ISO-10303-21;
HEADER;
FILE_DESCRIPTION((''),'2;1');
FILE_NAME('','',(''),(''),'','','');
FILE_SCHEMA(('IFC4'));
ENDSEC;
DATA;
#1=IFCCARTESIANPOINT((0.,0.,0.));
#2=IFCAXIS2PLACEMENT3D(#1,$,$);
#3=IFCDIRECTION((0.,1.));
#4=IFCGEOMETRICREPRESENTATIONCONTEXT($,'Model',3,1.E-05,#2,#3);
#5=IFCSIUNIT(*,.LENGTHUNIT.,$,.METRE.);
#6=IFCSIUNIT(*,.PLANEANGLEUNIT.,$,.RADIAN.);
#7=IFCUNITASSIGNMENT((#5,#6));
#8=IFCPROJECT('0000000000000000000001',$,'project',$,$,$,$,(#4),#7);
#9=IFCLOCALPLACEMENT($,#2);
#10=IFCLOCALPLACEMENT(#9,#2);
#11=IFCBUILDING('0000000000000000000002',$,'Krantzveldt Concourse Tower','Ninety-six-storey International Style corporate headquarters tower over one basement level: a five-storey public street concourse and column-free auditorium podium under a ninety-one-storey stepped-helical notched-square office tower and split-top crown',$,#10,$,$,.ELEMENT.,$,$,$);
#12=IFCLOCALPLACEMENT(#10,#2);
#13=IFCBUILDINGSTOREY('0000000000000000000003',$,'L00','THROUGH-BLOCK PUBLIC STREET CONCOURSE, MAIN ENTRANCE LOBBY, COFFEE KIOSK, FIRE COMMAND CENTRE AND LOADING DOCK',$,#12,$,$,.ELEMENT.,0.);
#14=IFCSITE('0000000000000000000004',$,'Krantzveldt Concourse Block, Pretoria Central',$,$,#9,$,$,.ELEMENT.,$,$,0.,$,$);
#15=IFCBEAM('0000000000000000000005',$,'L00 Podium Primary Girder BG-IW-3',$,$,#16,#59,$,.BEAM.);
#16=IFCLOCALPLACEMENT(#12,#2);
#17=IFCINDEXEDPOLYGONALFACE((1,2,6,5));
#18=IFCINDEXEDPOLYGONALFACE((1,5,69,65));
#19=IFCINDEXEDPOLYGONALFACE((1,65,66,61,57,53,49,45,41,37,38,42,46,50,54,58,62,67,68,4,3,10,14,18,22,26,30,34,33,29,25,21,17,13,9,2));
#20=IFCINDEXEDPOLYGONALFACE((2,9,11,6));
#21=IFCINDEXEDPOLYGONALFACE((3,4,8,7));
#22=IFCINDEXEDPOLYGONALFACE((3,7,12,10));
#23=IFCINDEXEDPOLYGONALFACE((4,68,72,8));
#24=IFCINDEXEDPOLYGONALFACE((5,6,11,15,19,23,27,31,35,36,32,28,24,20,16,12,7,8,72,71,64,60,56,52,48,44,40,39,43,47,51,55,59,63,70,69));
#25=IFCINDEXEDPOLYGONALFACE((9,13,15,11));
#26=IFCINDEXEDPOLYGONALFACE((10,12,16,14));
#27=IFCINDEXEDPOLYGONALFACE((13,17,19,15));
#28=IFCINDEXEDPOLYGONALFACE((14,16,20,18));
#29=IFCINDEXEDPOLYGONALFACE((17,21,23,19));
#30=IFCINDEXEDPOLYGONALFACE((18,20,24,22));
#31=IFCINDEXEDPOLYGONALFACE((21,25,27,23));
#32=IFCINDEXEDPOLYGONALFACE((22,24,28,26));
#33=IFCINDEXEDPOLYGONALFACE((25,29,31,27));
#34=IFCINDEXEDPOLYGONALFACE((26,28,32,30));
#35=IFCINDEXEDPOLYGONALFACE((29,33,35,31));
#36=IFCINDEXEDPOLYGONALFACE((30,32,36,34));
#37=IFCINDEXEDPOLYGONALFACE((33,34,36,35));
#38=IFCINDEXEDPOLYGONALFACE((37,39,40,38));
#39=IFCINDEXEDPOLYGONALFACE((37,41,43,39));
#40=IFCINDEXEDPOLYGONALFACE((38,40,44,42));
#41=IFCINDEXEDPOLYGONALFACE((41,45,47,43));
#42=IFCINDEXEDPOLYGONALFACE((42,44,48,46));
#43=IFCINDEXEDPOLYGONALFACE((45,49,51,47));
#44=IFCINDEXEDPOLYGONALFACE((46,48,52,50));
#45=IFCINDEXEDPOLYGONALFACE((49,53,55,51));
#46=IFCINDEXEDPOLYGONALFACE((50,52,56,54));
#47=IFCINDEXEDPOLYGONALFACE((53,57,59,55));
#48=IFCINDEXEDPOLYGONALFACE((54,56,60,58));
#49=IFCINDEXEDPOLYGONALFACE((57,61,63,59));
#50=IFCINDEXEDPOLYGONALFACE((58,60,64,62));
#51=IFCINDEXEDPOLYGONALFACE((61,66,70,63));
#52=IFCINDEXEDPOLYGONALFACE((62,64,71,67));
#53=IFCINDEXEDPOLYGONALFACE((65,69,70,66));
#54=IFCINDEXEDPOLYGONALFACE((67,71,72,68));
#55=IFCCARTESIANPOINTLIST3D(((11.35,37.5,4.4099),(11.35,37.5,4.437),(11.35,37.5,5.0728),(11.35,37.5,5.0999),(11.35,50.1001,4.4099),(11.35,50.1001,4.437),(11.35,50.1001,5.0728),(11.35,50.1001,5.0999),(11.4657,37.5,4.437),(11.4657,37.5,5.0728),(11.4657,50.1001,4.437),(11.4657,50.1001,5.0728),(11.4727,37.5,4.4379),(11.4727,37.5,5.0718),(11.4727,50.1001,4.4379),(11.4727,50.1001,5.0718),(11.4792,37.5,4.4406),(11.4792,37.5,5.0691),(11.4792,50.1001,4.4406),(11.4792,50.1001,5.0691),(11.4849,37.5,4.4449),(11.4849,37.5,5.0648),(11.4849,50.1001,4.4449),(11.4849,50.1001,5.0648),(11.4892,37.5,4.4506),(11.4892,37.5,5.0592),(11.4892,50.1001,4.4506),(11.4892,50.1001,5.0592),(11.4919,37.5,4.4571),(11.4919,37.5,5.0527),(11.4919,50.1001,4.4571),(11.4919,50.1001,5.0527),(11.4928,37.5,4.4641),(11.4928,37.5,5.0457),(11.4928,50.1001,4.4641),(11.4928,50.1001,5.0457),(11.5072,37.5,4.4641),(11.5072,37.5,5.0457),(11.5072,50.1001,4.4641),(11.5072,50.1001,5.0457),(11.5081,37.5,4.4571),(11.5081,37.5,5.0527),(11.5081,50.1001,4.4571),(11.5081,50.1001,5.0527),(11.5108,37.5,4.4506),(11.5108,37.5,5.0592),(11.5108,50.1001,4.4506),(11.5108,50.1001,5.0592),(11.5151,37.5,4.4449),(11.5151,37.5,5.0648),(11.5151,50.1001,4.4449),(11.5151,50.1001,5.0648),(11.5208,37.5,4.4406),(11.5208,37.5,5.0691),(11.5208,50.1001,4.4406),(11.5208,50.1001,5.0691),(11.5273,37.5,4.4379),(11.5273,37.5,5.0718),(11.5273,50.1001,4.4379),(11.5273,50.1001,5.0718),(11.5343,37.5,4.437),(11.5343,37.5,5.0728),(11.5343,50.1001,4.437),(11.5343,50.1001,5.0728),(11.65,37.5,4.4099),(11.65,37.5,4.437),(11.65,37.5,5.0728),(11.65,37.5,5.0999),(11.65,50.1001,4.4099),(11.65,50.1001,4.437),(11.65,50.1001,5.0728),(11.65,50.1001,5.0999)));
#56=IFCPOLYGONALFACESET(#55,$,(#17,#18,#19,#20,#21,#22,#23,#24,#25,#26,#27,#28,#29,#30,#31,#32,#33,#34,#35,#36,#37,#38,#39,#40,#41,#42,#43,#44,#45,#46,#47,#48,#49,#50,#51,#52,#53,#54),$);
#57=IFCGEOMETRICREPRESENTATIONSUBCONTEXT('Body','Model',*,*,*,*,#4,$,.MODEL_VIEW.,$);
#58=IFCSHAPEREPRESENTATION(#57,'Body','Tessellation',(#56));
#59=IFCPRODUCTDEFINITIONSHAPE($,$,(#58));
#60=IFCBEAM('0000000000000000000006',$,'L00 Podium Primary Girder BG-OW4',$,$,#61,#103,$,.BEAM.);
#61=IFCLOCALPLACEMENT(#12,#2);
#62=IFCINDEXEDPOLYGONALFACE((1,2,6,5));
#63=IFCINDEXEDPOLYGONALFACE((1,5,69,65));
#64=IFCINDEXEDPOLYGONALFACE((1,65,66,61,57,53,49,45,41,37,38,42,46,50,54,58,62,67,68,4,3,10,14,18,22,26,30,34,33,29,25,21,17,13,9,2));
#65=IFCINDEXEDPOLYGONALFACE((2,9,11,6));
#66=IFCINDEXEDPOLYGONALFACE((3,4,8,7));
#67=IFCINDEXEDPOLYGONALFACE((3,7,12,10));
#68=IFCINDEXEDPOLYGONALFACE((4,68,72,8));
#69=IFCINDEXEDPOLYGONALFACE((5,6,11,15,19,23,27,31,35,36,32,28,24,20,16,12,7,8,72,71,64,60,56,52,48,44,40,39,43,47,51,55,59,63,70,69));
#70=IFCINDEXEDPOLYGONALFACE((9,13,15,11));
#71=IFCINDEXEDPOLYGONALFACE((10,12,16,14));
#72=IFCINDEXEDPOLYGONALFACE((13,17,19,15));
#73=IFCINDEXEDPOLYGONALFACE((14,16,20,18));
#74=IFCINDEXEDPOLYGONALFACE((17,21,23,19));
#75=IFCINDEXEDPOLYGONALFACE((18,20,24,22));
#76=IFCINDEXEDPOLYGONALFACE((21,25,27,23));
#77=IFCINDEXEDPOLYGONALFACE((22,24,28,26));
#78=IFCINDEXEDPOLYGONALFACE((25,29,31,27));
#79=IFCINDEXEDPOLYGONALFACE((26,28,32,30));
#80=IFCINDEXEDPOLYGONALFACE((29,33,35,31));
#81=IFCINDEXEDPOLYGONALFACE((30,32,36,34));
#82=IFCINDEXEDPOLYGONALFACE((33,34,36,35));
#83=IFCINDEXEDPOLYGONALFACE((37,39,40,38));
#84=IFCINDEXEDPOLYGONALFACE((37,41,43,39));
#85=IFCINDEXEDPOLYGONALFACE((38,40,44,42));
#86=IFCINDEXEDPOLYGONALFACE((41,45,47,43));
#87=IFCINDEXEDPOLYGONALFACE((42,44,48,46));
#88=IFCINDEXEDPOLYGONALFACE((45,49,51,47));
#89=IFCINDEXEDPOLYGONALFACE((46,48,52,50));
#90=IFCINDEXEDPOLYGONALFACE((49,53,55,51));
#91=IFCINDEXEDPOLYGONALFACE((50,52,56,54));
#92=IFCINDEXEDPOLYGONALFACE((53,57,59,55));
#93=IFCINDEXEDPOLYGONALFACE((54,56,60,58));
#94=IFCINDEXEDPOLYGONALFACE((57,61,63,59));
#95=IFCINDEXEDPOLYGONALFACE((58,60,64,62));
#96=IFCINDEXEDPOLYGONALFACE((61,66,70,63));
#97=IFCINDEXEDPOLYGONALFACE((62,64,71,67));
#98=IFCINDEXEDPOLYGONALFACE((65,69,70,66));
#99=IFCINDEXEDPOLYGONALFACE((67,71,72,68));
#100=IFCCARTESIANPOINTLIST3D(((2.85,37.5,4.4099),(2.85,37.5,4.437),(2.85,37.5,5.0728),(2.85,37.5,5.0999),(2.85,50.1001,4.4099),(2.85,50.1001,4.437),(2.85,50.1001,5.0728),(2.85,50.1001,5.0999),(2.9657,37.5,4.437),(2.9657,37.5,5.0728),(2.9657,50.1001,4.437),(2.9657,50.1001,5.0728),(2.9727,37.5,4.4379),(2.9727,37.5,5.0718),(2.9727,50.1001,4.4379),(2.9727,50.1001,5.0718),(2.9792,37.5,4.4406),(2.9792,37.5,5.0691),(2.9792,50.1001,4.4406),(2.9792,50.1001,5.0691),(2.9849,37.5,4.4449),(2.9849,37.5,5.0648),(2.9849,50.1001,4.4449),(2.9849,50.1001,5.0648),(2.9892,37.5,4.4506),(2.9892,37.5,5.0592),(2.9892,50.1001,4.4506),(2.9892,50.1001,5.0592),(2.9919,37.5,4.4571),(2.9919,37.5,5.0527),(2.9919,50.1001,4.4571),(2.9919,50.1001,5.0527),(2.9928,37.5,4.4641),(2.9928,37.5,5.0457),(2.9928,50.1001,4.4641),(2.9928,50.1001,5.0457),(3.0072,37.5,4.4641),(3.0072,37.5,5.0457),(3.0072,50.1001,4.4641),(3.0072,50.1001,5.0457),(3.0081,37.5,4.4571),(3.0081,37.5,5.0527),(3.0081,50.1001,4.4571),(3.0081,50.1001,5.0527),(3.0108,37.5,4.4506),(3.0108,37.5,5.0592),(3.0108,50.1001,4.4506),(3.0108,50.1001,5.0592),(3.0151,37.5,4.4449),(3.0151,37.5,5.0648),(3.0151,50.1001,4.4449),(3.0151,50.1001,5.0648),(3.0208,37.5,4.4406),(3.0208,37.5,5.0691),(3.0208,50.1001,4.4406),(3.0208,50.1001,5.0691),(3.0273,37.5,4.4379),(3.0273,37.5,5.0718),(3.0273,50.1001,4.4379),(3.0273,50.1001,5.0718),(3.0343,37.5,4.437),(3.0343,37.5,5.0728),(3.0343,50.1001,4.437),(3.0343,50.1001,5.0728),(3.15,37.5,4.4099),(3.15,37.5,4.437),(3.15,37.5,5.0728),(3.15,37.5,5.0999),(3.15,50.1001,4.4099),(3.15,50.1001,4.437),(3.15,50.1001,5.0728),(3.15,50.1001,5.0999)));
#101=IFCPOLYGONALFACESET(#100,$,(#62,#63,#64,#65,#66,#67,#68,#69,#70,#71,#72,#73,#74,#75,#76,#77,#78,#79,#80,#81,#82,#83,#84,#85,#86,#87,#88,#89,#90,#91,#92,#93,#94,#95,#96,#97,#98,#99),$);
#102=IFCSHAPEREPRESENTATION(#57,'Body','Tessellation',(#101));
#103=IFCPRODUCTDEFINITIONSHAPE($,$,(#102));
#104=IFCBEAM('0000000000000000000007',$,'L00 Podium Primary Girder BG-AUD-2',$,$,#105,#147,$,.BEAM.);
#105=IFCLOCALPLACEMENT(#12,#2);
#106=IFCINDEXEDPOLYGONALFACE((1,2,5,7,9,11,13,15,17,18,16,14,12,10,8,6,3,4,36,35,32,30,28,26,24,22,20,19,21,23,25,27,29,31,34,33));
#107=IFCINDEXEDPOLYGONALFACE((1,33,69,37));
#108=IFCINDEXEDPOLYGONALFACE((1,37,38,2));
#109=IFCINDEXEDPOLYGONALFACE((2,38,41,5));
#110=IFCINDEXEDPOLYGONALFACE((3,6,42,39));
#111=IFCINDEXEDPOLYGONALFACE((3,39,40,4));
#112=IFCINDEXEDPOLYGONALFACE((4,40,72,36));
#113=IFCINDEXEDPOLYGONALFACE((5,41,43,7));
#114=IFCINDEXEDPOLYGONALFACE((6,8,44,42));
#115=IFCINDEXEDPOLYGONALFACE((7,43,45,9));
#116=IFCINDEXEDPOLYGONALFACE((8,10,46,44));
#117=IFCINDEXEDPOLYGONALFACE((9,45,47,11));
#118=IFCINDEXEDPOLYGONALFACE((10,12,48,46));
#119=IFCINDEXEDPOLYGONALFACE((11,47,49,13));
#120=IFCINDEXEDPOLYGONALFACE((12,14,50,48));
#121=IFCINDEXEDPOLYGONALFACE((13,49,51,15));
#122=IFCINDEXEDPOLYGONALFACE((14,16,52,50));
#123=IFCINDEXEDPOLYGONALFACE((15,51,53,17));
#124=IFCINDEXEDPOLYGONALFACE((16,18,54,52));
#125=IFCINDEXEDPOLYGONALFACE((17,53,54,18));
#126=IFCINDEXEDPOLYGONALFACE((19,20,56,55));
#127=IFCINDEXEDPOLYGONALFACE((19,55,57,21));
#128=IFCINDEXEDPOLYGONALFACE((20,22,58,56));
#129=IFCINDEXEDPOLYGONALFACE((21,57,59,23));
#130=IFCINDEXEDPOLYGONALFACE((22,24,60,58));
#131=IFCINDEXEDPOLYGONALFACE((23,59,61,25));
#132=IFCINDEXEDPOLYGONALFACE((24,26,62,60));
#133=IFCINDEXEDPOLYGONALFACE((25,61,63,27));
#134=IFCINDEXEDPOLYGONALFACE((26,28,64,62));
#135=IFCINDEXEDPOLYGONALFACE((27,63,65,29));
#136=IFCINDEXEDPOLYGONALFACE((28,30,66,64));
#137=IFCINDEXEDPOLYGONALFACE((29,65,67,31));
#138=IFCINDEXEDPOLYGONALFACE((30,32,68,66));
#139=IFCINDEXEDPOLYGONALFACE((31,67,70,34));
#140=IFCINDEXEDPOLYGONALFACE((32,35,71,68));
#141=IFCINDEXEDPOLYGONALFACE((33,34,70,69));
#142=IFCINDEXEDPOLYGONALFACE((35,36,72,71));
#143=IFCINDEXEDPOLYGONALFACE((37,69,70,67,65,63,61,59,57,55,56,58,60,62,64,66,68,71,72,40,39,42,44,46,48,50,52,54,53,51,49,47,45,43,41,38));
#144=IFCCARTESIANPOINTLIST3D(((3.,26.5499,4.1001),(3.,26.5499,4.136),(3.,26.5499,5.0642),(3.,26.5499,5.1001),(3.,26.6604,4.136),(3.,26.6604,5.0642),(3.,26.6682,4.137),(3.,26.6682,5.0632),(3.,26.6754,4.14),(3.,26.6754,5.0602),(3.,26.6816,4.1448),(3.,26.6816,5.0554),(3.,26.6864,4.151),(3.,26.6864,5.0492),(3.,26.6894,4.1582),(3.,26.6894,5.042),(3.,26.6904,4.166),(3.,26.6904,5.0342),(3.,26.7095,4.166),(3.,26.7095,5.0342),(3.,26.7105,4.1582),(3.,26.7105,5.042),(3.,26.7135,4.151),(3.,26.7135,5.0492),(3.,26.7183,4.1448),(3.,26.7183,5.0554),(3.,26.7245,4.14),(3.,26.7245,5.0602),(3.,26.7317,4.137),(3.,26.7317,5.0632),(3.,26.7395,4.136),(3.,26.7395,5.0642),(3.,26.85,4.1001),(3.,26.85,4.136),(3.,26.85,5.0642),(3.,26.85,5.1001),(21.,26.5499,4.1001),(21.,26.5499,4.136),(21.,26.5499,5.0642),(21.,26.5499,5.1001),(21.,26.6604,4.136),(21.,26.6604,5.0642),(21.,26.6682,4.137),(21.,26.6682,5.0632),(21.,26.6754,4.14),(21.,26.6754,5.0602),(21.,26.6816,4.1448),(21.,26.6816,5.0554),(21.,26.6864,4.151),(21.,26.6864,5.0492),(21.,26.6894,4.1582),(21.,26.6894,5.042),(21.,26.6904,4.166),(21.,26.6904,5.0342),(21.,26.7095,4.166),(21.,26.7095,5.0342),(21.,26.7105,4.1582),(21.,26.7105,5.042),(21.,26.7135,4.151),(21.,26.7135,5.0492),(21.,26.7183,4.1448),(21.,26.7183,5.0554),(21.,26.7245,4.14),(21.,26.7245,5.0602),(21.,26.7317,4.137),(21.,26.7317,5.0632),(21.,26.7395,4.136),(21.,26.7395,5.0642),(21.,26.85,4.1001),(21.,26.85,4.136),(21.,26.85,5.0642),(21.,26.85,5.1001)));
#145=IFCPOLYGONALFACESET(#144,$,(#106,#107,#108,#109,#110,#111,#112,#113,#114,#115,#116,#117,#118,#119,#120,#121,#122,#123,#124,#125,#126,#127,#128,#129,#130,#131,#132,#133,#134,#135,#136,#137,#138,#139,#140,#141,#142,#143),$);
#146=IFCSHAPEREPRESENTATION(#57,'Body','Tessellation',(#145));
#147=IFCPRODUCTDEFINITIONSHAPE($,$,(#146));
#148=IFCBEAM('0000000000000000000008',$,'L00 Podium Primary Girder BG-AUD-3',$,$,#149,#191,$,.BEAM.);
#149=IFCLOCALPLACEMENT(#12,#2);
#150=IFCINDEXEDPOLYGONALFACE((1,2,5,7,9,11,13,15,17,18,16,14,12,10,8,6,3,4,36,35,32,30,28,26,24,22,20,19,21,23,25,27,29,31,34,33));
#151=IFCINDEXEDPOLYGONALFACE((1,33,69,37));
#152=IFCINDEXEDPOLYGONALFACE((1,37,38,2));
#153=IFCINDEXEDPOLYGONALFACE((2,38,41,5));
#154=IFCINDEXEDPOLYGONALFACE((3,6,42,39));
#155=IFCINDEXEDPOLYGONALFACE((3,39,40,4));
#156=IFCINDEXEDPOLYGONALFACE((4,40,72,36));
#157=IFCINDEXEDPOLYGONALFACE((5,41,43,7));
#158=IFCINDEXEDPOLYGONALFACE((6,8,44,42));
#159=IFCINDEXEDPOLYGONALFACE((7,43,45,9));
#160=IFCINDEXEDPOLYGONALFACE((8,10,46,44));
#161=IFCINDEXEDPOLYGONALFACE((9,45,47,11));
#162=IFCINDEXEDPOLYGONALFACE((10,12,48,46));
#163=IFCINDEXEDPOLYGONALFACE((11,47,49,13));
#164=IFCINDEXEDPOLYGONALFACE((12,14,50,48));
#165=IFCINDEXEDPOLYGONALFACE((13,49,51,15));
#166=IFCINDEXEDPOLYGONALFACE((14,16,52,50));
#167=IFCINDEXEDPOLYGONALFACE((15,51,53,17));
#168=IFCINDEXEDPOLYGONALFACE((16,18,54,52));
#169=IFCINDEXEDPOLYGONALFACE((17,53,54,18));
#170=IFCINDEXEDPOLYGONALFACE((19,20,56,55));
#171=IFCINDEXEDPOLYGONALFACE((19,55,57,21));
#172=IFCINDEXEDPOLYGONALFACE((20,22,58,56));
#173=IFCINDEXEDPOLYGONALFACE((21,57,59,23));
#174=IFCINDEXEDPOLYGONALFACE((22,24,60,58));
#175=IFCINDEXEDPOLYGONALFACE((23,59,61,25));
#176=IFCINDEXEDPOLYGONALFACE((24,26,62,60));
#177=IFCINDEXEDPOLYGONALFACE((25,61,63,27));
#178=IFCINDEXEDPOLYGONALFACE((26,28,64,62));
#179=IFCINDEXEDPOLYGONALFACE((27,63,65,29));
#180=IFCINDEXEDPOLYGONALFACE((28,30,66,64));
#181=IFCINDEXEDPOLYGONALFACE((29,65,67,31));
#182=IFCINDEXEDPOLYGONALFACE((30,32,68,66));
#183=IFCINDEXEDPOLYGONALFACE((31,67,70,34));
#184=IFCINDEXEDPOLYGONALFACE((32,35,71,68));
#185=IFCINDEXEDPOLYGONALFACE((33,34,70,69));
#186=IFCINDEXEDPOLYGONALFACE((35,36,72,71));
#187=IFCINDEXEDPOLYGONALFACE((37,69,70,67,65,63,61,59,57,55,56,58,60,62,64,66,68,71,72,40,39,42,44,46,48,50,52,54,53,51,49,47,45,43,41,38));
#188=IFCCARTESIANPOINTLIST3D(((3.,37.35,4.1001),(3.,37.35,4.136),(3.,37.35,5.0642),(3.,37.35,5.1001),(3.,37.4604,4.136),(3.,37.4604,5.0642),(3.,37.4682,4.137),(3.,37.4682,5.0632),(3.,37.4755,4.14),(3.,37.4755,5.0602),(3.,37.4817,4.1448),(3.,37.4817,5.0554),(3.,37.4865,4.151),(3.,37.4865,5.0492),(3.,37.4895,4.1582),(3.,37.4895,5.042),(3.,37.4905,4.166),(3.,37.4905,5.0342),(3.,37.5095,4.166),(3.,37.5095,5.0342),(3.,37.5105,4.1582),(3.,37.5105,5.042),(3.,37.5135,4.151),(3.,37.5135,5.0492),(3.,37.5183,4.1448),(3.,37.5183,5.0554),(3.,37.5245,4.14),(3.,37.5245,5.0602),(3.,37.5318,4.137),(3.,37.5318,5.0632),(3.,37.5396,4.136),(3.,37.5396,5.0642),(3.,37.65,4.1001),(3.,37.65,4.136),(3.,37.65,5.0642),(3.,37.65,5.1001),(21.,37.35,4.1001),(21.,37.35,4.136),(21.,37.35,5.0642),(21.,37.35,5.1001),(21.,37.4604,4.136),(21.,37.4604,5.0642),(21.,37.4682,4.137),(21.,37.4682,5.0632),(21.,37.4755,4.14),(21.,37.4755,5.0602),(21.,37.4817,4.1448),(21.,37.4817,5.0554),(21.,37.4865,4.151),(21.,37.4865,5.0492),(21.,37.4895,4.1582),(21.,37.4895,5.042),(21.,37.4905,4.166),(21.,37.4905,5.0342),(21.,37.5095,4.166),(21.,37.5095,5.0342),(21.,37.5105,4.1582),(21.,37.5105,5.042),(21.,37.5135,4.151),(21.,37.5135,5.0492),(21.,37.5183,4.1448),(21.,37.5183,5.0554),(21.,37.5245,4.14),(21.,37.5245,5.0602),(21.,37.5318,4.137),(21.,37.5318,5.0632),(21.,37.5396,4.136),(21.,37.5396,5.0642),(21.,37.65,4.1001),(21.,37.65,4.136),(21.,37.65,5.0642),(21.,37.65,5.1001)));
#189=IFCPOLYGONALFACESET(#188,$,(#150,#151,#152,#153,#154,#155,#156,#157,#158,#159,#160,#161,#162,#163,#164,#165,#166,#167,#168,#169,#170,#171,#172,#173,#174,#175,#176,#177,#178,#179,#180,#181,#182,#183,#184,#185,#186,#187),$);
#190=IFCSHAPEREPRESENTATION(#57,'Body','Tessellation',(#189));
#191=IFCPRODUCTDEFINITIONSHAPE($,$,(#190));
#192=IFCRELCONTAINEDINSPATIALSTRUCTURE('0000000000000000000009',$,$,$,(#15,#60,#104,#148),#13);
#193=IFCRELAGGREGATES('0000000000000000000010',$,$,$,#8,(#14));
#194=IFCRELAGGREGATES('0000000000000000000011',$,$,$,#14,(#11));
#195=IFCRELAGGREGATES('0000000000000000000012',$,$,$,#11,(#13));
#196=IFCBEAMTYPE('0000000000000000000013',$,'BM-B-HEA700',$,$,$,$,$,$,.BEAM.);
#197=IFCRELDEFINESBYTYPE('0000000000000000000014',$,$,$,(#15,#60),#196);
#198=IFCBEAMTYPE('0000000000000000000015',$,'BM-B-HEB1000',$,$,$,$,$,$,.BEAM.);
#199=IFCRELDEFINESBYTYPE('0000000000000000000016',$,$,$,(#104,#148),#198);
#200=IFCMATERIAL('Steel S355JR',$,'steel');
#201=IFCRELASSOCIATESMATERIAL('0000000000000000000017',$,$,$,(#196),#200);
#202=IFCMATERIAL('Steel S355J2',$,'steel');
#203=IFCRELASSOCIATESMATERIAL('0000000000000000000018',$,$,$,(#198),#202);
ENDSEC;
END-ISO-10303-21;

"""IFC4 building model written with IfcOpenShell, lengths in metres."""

from ifc_helpers import new_model, si_unit, direction, frame, origin, origin_2d, place, context, subcontext, project, spatial, i_section, extrude, source, transform, mapped, material, material_profile, profile_set, type_object, type_shapes, element, save


model = new_model("IFC4")

# Units and contexts
model_context = context("Model", 3, precision=1e-05, world=origin(), true_north=direction((0.0, 1.0)))
body_context = subcontext(model_context, "Body", "Model", "MODEL_VIEW")
ifc_project = project(units=[si_unit("LENGTHUNIT", "METRE"), si_unit("PLANEANGLEUNIT", "RADIAN")], contexts=[model_context])

# Site, building, storey
site_placement = place(None, origin())
site = spatial("IfcSite", under=ifc_project, at=site_placement, Name="Krantzveldt Concourse Block, Pretoria Central", CompositionType="ELEMENT", RefElevation=0.0)
building_placement = place(site_placement, origin())
building = spatial("IfcBuilding", under=site, at=building_placement, Name="Krantzveldt Concourse Tower", Description="Ninety-six-storey International Style corporate headquarters tower over one basement level: a five-storey public street concourse and column-free auditorium podium under a ninety-one-storey stepped-helical notched-square office tower and split-top crown", CompositionType="ELEMENT")
storey_placement = place(building_placement, origin())
storey = spatial("IfcBuildingStorey", under=building, at=storey_placement, Name="L00", Description="THROUGH-BLOCK PUBLIC STREET CONCOURSE, MAIN ENTRANCE LOBBY, COFFEE KIOSK, FIRE COMMAND CENTRE AND LOADING DOCK", CompositionType="ELEMENT", Elevation=0.0)

# Beams
ifc_material_1 = material(Name="Steel S355J2", Category="steel")
ifc_material_2 = material(Name="Steel S355JR", Category="steel")
ifc_material_profile_1 = material_profile(ifc_material_2, i_section(OverallWidth=0.3, OverallDepth=0.6899, WebThickness=0.0144, FlangeThickness=0.0271, FilletRadius=0.0271, at=origin_2d()), Name="Steel S355JR", Category="steel")
ifc_profile_set_1 = profile_set([ifc_material_profile_1], Name="Steel S355JR - HEA 700")
beam_type_1 = type_object("IfcBeamType", Name="BM-B-HEA700", PredefinedType="BEAM", material=ifc_profile_set_1)
shared_shape_1 = source(origin(), body_context, "Body", "SweptSolid", [
    extrude(i_section(OverallWidth=0.3, OverallDepth=0.6899, WebThickness=0.0144, FlangeThickness=0.0271, FilletRadius=0.0271, at=origin_2d()), origin(), (0.0, 0.0, 1.0), 12.6001),
])
for number, where, z_axis, x_axis, name in (
    (1, (11.5, 37.5, 4.7549), (0.0, 1.0, 0.0), (-1.0, 0.0, 0.0), "L00 Podium Primary Girder BG-IW-3"),
    (2, (3.0, 37.5, 4.7549), (0.0, 1.0, 0.0), (-1.0, 0.0, 0.0), "L00 Podium Primary Girder BG-OW4"),
):
    element("IfcBeam", number, at=place(storey_placement, frame(where, z_axis=z_axis, x_axis=x_axis)), inside=storey, type_object=beam_type_1, Name=name, PredefinedType="BEAM", context=body_context, shape_type="MappedRepresentation", body=[
        mapped(shared_shape_1, transform((0.0, 0.0, 0.0), x_axis=(1.0, 0.0, 0.0), y_axis=(0.0, 1.0, 0.0), z_axis=(0.0, 0.0, 1.0), scale=1.0)),
    ])
ifc_material_profile_2 = material_profile(ifc_material_1, i_section(OverallWidth=0.3, OverallDepth=1.0, WebThickness=0.019, FlangeThickness=0.0359, FilletRadius=0.03, at=origin_2d()), Name="Steel S355J2", Category="steel")
ifc_profile_set_2 = profile_set([ifc_material_profile_2], Name="Steel S355J2 - HEB 1000")
beam_type_2 = type_object("IfcBeamType", Name="BM-B-HEB1000", PredefinedType="BEAM", material=ifc_profile_set_2)
shared_shape_2 = source(origin(), body_context, "Body", "SweptSolid", [
    extrude(i_section(OverallWidth=0.3, OverallDepth=1.0, WebThickness=0.019, FlangeThickness=0.0359, FilletRadius=0.03, at=origin_2d()), origin(), (0.0, 0.0, 1.0), 18.0),
])
type_shapes(beam_type_2, [shared_shape_2])
for number, where, z_axis, x_axis, name in (
    (3, (3.0, 26.7, 4.6001), (1.0, 0.0, 0.0), (0.0, 1.0, 0.0), "L00 Podium Primary Girder BG-AUD-2"),
    (4, (3.0, 37.5, 4.6001), (1.0, 0.0, 0.0), (0.0, 1.0, 0.0), "L00 Podium Primary Girder BG-AUD-3"),
):
    element("IfcBeam", number, at=place(storey_placement, frame(where, z_axis=z_axis, x_axis=x_axis)), inside=storey, type_object=beam_type_2, Name=name, PredefinedType="BEAM", context=body_context, shape_type="MappedRepresentation", body=[
        mapped(shared_shape_2, transform((0.0, 0.0, 0.0), x_axis=(1.0, 0.0, 0.0), y_axis=(0.0, 1.0, 0.0), z_axis=(0.0, 0.0, 1.0), scale=1.0)),
    ])

save(model, "model.ifc")
